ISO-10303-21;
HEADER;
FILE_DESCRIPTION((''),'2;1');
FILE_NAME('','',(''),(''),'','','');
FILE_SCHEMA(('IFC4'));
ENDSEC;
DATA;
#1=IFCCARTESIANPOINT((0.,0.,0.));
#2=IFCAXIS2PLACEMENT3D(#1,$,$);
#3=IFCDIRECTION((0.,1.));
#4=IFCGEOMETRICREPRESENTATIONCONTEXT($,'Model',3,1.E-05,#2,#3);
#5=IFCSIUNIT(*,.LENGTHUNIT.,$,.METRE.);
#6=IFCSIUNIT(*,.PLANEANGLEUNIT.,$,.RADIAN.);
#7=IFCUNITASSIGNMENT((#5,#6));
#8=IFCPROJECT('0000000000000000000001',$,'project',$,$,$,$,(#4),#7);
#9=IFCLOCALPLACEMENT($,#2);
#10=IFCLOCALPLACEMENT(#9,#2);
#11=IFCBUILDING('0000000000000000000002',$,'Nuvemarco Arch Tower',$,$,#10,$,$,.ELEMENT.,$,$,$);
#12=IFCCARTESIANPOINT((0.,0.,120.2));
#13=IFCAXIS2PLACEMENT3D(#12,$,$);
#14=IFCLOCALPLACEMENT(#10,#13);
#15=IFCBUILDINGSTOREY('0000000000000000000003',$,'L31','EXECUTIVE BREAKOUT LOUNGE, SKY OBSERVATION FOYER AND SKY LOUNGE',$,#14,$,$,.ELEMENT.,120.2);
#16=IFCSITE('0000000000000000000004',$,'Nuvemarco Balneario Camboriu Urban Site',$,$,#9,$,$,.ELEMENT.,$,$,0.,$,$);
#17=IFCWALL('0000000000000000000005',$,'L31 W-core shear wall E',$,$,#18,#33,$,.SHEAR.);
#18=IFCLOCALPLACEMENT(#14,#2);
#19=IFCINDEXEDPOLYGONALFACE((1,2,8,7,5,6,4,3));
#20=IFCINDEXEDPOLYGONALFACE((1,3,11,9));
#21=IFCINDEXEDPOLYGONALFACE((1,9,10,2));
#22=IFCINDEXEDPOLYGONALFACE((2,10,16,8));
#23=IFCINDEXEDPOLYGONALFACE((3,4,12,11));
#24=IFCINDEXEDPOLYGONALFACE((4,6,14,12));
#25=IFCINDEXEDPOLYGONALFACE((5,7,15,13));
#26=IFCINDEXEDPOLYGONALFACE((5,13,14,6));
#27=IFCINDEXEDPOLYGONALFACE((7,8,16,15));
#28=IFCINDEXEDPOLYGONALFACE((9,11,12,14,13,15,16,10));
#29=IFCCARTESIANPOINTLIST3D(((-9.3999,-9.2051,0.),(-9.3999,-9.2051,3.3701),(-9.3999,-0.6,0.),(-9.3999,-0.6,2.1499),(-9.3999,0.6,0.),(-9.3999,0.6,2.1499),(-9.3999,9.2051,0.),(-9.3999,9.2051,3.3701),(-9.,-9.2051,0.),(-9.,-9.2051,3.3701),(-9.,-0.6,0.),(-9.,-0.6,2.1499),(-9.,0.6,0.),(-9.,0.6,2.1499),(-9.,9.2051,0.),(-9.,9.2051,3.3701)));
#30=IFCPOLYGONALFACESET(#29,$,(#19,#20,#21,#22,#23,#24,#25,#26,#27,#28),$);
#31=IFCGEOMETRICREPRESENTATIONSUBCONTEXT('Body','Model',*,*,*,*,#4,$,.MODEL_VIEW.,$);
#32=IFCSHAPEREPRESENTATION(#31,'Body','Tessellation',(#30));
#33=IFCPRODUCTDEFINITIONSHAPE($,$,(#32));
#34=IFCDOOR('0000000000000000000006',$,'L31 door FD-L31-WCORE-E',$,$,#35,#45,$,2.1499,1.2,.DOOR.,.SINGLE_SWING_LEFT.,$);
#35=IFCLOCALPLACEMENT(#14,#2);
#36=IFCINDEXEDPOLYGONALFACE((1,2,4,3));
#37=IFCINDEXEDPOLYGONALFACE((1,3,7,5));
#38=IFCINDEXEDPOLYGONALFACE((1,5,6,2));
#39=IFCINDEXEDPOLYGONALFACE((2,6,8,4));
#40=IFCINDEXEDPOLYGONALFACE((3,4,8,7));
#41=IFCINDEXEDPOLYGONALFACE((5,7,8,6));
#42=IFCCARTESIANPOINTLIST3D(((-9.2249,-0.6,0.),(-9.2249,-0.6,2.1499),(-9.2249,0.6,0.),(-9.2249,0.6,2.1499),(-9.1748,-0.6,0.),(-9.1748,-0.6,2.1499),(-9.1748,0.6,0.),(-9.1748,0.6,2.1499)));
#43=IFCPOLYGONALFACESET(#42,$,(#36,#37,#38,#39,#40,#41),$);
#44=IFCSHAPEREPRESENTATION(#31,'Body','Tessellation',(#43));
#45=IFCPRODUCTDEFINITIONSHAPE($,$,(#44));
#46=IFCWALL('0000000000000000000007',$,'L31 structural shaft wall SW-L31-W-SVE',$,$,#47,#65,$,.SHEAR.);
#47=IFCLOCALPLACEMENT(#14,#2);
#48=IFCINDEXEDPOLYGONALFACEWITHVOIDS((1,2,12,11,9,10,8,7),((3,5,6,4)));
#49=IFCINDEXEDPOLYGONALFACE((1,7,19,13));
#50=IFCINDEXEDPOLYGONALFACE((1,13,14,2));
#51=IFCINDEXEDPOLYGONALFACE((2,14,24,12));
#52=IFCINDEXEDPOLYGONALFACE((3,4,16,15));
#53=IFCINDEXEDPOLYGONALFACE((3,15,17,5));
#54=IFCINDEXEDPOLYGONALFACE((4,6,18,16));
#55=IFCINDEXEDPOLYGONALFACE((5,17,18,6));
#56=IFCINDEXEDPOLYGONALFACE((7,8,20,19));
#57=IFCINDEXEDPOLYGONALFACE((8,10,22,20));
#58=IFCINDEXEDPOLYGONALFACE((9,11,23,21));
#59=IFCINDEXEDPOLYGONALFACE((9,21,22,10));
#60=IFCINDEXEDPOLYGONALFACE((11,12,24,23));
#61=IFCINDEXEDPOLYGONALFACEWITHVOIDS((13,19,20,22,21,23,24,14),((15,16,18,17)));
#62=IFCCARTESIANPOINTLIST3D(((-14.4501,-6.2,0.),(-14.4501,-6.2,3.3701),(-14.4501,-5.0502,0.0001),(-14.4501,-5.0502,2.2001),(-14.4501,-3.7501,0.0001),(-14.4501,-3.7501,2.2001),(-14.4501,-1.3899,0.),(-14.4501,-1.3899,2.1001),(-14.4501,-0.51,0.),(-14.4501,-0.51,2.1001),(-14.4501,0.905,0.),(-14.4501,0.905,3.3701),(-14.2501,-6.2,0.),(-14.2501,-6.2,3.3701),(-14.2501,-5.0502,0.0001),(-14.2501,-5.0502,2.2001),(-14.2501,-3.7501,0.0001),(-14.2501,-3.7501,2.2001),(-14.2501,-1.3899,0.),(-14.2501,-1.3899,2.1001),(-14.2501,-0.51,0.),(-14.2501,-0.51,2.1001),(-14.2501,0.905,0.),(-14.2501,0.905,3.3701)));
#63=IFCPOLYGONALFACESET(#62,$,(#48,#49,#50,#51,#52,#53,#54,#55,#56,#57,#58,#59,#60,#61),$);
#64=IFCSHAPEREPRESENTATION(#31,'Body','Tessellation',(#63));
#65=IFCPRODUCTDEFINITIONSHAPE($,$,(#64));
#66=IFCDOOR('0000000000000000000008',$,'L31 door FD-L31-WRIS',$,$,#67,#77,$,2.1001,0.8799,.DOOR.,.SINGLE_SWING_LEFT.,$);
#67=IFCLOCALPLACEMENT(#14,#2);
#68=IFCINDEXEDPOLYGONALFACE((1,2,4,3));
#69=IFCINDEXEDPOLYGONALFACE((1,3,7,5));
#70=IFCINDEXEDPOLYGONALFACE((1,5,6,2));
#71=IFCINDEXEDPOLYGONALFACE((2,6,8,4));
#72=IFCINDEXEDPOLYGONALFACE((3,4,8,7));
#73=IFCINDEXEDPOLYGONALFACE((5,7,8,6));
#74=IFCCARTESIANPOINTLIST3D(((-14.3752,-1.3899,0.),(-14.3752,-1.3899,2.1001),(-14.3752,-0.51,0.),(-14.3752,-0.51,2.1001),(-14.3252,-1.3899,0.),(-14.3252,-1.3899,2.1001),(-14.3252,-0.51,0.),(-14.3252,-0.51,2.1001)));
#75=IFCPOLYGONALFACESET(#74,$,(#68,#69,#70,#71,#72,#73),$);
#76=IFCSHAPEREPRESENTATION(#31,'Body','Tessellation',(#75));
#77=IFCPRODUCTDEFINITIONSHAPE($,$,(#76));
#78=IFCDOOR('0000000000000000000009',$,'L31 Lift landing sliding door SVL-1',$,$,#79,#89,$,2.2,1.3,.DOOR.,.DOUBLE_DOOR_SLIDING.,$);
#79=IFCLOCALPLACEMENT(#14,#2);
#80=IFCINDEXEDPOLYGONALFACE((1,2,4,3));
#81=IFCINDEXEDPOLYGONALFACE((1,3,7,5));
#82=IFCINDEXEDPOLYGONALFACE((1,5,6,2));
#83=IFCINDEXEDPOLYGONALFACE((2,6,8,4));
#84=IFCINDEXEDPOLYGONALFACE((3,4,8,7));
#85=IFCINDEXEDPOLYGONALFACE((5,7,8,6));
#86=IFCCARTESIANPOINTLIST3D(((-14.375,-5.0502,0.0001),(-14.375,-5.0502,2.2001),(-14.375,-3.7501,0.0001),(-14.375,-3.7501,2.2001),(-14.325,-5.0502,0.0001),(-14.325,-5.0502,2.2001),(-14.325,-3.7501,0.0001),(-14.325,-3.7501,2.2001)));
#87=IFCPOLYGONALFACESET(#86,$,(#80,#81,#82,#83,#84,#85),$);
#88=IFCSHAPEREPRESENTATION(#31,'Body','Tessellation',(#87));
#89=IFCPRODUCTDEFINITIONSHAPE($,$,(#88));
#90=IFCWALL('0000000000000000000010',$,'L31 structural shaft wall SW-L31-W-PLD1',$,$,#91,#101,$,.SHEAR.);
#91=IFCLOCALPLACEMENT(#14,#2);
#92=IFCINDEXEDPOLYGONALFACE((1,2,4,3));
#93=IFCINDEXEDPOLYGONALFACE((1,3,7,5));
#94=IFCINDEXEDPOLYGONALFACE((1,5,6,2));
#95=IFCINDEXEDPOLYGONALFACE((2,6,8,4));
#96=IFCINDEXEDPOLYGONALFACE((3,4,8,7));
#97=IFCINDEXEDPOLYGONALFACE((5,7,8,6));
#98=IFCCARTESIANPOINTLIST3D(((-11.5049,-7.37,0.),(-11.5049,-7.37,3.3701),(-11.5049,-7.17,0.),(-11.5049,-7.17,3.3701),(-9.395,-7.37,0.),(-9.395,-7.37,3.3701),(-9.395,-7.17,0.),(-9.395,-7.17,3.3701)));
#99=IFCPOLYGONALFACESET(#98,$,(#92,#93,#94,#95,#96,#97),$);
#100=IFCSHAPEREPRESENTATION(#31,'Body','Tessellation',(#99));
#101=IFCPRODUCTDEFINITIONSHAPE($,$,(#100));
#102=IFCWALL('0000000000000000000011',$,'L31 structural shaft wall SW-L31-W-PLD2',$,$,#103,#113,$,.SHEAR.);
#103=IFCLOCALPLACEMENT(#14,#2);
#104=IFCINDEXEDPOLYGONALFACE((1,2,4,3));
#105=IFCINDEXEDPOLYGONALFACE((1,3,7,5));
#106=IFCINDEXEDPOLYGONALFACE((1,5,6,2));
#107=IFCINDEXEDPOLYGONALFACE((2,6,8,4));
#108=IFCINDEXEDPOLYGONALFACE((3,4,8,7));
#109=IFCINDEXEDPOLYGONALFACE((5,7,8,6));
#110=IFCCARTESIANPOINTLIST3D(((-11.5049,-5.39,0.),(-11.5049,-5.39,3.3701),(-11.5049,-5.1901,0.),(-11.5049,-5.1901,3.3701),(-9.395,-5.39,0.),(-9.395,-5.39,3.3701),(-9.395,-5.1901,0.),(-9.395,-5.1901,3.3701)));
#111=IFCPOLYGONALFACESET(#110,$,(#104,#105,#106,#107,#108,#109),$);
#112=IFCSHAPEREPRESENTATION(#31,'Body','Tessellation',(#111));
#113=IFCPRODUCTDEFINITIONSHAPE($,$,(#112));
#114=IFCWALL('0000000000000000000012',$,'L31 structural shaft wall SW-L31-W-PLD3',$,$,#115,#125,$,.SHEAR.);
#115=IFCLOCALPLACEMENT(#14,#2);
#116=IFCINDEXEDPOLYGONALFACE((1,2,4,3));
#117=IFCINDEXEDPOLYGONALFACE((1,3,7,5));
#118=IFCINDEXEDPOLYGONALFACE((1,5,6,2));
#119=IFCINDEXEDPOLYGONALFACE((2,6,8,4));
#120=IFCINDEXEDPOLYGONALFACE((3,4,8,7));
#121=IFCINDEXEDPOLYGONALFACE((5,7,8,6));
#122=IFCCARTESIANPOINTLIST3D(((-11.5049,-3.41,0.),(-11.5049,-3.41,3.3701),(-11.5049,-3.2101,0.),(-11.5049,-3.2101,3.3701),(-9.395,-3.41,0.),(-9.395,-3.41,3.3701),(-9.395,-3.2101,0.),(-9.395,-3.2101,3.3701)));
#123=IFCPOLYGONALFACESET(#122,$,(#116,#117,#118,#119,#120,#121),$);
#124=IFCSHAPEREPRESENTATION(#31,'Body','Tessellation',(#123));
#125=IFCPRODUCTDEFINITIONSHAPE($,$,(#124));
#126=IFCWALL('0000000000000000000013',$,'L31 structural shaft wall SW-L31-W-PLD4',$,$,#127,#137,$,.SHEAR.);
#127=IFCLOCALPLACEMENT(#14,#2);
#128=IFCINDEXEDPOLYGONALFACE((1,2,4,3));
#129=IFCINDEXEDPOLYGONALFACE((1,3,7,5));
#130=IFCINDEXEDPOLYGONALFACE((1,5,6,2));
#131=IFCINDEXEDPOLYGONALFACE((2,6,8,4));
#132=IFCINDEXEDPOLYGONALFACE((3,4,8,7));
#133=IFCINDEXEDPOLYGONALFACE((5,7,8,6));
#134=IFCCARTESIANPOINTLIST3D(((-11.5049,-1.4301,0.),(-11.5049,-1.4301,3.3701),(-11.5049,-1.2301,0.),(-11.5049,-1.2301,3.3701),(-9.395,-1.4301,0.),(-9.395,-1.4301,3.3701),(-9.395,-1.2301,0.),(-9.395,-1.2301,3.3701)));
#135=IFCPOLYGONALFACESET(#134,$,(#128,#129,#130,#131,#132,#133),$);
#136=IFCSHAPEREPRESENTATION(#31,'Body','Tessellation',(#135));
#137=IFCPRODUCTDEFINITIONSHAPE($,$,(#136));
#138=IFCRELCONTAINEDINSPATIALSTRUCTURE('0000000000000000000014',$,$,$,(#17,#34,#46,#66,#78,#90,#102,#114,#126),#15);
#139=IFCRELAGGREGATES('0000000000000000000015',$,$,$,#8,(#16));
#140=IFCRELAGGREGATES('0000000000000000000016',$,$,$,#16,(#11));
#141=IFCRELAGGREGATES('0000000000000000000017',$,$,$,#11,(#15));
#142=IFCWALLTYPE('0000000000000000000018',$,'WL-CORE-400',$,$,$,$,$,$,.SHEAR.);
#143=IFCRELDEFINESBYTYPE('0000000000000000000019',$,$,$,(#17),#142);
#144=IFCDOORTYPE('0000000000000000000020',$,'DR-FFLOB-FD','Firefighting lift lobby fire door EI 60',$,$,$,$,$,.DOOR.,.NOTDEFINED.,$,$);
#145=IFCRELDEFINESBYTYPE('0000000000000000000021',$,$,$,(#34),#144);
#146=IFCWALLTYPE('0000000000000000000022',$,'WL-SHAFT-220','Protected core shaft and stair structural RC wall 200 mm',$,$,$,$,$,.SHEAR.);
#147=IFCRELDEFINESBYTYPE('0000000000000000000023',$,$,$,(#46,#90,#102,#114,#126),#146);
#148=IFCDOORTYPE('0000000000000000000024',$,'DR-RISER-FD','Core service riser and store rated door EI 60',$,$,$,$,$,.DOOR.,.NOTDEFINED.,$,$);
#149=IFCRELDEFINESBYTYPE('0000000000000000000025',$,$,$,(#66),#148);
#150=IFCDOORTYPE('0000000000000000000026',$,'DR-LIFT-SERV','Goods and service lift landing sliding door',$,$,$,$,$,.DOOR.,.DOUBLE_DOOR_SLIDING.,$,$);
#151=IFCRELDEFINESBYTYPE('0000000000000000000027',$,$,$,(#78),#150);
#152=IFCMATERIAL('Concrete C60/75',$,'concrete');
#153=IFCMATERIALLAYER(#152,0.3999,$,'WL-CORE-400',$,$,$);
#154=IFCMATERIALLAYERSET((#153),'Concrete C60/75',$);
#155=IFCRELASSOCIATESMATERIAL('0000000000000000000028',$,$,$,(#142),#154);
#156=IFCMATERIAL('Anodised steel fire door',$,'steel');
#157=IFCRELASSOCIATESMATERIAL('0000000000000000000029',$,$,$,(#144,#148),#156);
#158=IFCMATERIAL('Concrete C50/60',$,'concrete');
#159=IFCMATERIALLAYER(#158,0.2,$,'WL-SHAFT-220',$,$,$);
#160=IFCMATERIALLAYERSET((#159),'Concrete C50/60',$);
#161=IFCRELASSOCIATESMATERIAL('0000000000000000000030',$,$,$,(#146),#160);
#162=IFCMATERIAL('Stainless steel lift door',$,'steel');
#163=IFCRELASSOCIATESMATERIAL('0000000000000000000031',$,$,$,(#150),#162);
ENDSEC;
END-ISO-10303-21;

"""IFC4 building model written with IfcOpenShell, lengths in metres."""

from ifc_helpers import new_model, si_unit, direction, frame, frame_2d, origin, place, context, subcontext, project, spatial, rectangle, extrude, source, transform, mapped, material, layer, layer_set, type_object, type_shapes, element, fill, save


model = new_model("IFC4")

# Units and contexts
model_context = context("Model", 3, precision=1e-05, world=origin(), true_north=direction((0.0, 1.0)))
body_context = subcontext(model_context, "Body", "Model", "MODEL_VIEW")
ifc_project = project(units=[si_unit("LENGTHUNIT", "METRE"), si_unit("PLANEANGLEUNIT", "RADIAN")], contexts=[model_context])

# Site, building, storey
site_placement = place(None, origin())
site = spatial("IfcSite", under=ifc_project, at=site_placement, Name="Nuvemarco Balneario Camboriu Urban Site", CompositionType="ELEMENT", RefElevation=0.0)
building_placement = place(site_placement, origin())
building = spatial("IfcBuilding", under=site, at=building_placement, Name="Nuvemarco Arch Tower", CompositionType="ELEMENT")
storey_placement = place(building_placement, frame((0.0, 0.0, 120.2)))
storey = spatial("IfcBuildingStorey", under=building, at=storey_placement, Name="L31", Description="EXECUTIVE BREAKOUT LOUNGE, SKY OBSERVATION FOYER AND SKY LOUNGE", CompositionType="ELEMENT", Elevation=120.2)

# Wall, opening, door
ifc_material_1 = material(Name="Concrete C60/75", Category="concrete")
ifc_layer_1 = layer(ifc_material_1, 0.3999, Name="WL-CORE-400")
ifc_layer_set_1 = layer_set([ifc_layer_1], Name="Concrete C60/75")
wall_type_1 = type_object("IfcWallType", Name="WL-CORE-400", PredefinedType="SHEAR", material=ifc_layer_set_1)
wall_1_placement = place(storey_placement, frame((-9.2, -9.2051, 0.0), z_axis=(0.0, 0.0, 1.0), x_axis=(0.0, 1.0, 0.0)))
wall_1 = element("IfcWall", 1, at=wall_1_placement, inside=storey, type_object=wall_type_1, Name="L31 W-core shear wall E", PredefinedType="SHEAR", context=body_context, shape_type="SweptSolid", body=[
    extrude(rectangle(XDim=18.4102, YDim=0.3999, at=frame_2d((9.2051, 0.0))), origin(), (0.0, 0.0, 1.0), 3.3701),
])
opening_1_placement = place(wall_1_placement, frame((8.605, 0.0, 0.0)))
opening_1 = element("IfcOpeningElement", 2, at=opening_1_placement, cuts=wall_1, PredefinedType="OPENING", context=body_context, shape_type="SweptSolid", body=[
    extrude(rectangle(XDim=1.2, YDim=2.1499, at=frame_2d((0.6001, 1.075))), frame((0.0, 0.21, 0.0), z_axis=(0.0, -1.0, 0.0), x_axis=(1.0, 0.0, 0.0)), (0.0, 0.0, 1.0), 0.4199),
])
ifc_material_2 = material(Name="Anodised steel fire door", Category="steel")
door_type_1 = type_object("IfcDoorType", Name="DR-FFLOB-FD", Description="Firefighting lift lobby fire door EI 60", OperationType="NOTDEFINED", PredefinedType="DOOR", material=ifc_material_2)
shared_shape_1 = source(origin(), body_context, "Body", "SweptSolid", [
    extrude(rectangle(XDim=1.2, YDim=2.1499, at=frame_2d((0.6001, 1.075))), frame((0.0, 0.0249, 0.0), z_axis=(0.0, -1.0, 0.0), x_axis=(1.0, 0.0, 0.0)), (0.0, 0.0, 1.0), 0.05),
])
type_shapes(door_type_1, [shared_shape_1])
door_1_placement = place(opening_1_placement, origin())
door_1 = element("IfcDoor", 3, at=door_1_placement, inside=storey, type_object=door_type_1, Name="L31 door FD-L31-WCORE-E", OperationType="SINGLE_SWING_LEFT", OverallHeight=2.1499, OverallWidth=1.2, PredefinedType="DOOR", context=body_context, shape_type="MappedRepresentation", body=[
    mapped(shared_shape_1, transform((0.0, 0.0, 0.0), scale=1.0)),
])
fill(opening_1, door_1)
ifc_material_3 = material(Name="Concrete C50/60", Category="concrete")
ifc_layer_2 = layer(ifc_material_3, 0.2, Name="WL-SHAFT-220")
ifc_layer_set_2 = layer_set([ifc_layer_2], Name="Concrete C50/60")
wall_type_2 = type_object("IfcWallType", Name="WL-SHAFT-220", Description="Protected core shaft and stair structural RC wall 200 mm", PredefinedType="SHEAR", material=ifc_layer_set_2)
ifc_material_4 = material(Name="Stainless steel lift door", Category="steel")

# Wall, openings, doors
wall_2_placement = place(storey_placement, frame((-14.3501, -6.2, 0.0), z_axis=(0.0, 0.0, 1.0), x_axis=(0.0, 1.0, 0.0)))
wall_2 = element("IfcWall", 4, at=wall_2_placement, inside=storey, type_object=wall_type_2, Name="L31 structural shaft wall SW-L31-W-SVE", PredefinedType="SHEAR", context=body_context, shape_type="SweptSolid", body=[
    extrude(rectangle(XDim=7.105, YDim=0.2, at=frame_2d((3.5525, 0.0))), origin(), (0.0, 0.0, 1.0), 3.3701),
])
opening_2_placement = place(wall_2_placement, frame((5.6899, 0.0, 0.0), z_axis=(0.0, 0.0, 1.0), x_axis=(-1.0, 0.0, 0.0)))
opening_2 = element("IfcOpeningElement", 5, at=opening_2_placement, cuts=wall_2, PredefinedType="OPENING", context=body_context, shape_type="SweptSolid", body=[
    extrude(rectangle(XDim=0.8799, YDim=2.1001, at=frame_2d((0.4399, 1.05))), frame((0.0, 0.1099, 0.0), z_axis=(0.0, -1.0, 0.0), x_axis=(1.0, 0.0, 0.0)), (0.0, 0.0, 1.0), 0.22),
])
opening_3_placement = place(wall_2_placement, frame((1.1499, 0.0, 0.0)))
opening_3 = element("IfcOpeningElement", 6, at=opening_3_placement, cuts=wall_2, PredefinedType="OPENING", context=body_context, shape_type="SweptSolid", body=[
    extrude(rectangle(XDim=1.3, YDim=2.2, at=frame_2d((0.6499, 1.1001))), frame((0.0, 0.1099, 0.0), z_axis=(0.0, -1.0, 0.0), x_axis=(1.0, 0.0, 0.0)), (0.0, 0.0, 1.0), 0.22),
])
door_type_2 = type_object("IfcDoorType", Name="DR-RISER-FD", Description="Core service riser and store rated door EI 60", OperationType="NOTDEFINED", PredefinedType="DOOR", material=ifc_material_2)
shared_shape_2 = source(origin(), body_context, "Body", "SweptSolid", [
    extrude(rectangle(XDim=0.8799, YDim=2.1001, at=frame_2d((0.4399, 1.05))), frame((0.0, 0.0249, 0.0), z_axis=(0.0, -1.0, 0.0), x_axis=(1.0, 0.0, 0.0)), (0.0, 0.0, 1.0), 0.05),
])
type_shapes(door_type_2, [shared_shape_2])
door_2_placement = place(opening_2_placement, origin())
door_2 = element("IfcDoor", 7, at=door_2_placement, inside=storey, type_object=door_type_2, Name="L31 door FD-L31-WRIS", OperationType="SINGLE_SWING_LEFT", OverallHeight=2.1001, OverallWidth=0.8799, PredefinedType="DOOR", context=body_context, shape_type="MappedRepresentation", body=[
    mapped(shared_shape_2, transform((0.0, 0.0, 0.0), scale=1.0)),
])
fill(opening_2, door_2)
door_type_3 = type_object("IfcDoorType", Name="DR-LIFT-SERV", Description="Goods and service lift landing sliding door", OperationType="DOUBLE_DOOR_SLIDING", PredefinedType="DOOR", material=ifc_material_4)
shared_shape_3 = source(origin(), body_context, "Body", "SweptSolid", [
    extrude(rectangle(XDim=1.3, YDim=2.2, at=frame_2d((0.6499, 1.1001))), frame((0.0, 0.0249, 0.0), z_axis=(0.0, -1.0, 0.0), x_axis=(1.0, 0.0, 0.0)), (0.0, 0.0, 1.0), 0.05),
])
type_shapes(door_type_3, [shared_shape_3])
door_3_placement = place(opening_3_placement, origin())
door_3 = element("IfcDoor", 8, at=door_3_placement, inside=storey, type_object=door_type_3, Name="L31 Lift landing sliding door SVL-1", OperationType="DOUBLE_DOOR_SLIDING", OverallHeight=2.2, OverallWidth=1.3, PredefinedType="DOOR", context=body_context, shape_type="MappedRepresentation", body=[
    mapped(shared_shape_3, transform((0.0, 0.0, 0.0), scale=1.0)),
])
fill(opening_3, door_3)

# Walls
for number, where, z_axis, x_axis, name in (
    (9, (-11.5049, -7.27, 0.0), (0.0, 0.0, 1.0), (1.0, 0.0, 0.0), "L31 structural shaft wall SW-L31-W-PLD1"),
    (10, (-11.5049, -5.29, 0.0), (0.0, 0.0, 1.0), (1.0, 0.0, 0.0), "L31 structural shaft wall SW-L31-W-PLD2"),
    (11, (-11.5049, -3.3101, 0.0), (0.0, 0.0, 1.0), (1.0, 0.0, 0.0), "L31 structural shaft wall SW-L31-W-PLD3"),
    (12, (-11.5049, -1.3301, 0.0), (0.0, 0.0, 1.0), (1.0, 0.0, 0.0), "L31 structural shaft wall SW-L31-W-PLD4"),
):
    element("IfcWall", number, at=place(storey_placement, frame(where, z_axis=z_axis, x_axis=x_axis)), inside=storey, type_object=wall_type_2, Name=name, PredefinedType="SHEAR", context=body_context, shape_type="SweptSolid", body=[
        extrude(rectangle(XDim=2.1099, YDim=0.2, at=frame_2d((1.0549, 0.0))), origin(), (0.0, 0.0, 1.0), 3.3701),
    ])

save(model, "model.ifc")
